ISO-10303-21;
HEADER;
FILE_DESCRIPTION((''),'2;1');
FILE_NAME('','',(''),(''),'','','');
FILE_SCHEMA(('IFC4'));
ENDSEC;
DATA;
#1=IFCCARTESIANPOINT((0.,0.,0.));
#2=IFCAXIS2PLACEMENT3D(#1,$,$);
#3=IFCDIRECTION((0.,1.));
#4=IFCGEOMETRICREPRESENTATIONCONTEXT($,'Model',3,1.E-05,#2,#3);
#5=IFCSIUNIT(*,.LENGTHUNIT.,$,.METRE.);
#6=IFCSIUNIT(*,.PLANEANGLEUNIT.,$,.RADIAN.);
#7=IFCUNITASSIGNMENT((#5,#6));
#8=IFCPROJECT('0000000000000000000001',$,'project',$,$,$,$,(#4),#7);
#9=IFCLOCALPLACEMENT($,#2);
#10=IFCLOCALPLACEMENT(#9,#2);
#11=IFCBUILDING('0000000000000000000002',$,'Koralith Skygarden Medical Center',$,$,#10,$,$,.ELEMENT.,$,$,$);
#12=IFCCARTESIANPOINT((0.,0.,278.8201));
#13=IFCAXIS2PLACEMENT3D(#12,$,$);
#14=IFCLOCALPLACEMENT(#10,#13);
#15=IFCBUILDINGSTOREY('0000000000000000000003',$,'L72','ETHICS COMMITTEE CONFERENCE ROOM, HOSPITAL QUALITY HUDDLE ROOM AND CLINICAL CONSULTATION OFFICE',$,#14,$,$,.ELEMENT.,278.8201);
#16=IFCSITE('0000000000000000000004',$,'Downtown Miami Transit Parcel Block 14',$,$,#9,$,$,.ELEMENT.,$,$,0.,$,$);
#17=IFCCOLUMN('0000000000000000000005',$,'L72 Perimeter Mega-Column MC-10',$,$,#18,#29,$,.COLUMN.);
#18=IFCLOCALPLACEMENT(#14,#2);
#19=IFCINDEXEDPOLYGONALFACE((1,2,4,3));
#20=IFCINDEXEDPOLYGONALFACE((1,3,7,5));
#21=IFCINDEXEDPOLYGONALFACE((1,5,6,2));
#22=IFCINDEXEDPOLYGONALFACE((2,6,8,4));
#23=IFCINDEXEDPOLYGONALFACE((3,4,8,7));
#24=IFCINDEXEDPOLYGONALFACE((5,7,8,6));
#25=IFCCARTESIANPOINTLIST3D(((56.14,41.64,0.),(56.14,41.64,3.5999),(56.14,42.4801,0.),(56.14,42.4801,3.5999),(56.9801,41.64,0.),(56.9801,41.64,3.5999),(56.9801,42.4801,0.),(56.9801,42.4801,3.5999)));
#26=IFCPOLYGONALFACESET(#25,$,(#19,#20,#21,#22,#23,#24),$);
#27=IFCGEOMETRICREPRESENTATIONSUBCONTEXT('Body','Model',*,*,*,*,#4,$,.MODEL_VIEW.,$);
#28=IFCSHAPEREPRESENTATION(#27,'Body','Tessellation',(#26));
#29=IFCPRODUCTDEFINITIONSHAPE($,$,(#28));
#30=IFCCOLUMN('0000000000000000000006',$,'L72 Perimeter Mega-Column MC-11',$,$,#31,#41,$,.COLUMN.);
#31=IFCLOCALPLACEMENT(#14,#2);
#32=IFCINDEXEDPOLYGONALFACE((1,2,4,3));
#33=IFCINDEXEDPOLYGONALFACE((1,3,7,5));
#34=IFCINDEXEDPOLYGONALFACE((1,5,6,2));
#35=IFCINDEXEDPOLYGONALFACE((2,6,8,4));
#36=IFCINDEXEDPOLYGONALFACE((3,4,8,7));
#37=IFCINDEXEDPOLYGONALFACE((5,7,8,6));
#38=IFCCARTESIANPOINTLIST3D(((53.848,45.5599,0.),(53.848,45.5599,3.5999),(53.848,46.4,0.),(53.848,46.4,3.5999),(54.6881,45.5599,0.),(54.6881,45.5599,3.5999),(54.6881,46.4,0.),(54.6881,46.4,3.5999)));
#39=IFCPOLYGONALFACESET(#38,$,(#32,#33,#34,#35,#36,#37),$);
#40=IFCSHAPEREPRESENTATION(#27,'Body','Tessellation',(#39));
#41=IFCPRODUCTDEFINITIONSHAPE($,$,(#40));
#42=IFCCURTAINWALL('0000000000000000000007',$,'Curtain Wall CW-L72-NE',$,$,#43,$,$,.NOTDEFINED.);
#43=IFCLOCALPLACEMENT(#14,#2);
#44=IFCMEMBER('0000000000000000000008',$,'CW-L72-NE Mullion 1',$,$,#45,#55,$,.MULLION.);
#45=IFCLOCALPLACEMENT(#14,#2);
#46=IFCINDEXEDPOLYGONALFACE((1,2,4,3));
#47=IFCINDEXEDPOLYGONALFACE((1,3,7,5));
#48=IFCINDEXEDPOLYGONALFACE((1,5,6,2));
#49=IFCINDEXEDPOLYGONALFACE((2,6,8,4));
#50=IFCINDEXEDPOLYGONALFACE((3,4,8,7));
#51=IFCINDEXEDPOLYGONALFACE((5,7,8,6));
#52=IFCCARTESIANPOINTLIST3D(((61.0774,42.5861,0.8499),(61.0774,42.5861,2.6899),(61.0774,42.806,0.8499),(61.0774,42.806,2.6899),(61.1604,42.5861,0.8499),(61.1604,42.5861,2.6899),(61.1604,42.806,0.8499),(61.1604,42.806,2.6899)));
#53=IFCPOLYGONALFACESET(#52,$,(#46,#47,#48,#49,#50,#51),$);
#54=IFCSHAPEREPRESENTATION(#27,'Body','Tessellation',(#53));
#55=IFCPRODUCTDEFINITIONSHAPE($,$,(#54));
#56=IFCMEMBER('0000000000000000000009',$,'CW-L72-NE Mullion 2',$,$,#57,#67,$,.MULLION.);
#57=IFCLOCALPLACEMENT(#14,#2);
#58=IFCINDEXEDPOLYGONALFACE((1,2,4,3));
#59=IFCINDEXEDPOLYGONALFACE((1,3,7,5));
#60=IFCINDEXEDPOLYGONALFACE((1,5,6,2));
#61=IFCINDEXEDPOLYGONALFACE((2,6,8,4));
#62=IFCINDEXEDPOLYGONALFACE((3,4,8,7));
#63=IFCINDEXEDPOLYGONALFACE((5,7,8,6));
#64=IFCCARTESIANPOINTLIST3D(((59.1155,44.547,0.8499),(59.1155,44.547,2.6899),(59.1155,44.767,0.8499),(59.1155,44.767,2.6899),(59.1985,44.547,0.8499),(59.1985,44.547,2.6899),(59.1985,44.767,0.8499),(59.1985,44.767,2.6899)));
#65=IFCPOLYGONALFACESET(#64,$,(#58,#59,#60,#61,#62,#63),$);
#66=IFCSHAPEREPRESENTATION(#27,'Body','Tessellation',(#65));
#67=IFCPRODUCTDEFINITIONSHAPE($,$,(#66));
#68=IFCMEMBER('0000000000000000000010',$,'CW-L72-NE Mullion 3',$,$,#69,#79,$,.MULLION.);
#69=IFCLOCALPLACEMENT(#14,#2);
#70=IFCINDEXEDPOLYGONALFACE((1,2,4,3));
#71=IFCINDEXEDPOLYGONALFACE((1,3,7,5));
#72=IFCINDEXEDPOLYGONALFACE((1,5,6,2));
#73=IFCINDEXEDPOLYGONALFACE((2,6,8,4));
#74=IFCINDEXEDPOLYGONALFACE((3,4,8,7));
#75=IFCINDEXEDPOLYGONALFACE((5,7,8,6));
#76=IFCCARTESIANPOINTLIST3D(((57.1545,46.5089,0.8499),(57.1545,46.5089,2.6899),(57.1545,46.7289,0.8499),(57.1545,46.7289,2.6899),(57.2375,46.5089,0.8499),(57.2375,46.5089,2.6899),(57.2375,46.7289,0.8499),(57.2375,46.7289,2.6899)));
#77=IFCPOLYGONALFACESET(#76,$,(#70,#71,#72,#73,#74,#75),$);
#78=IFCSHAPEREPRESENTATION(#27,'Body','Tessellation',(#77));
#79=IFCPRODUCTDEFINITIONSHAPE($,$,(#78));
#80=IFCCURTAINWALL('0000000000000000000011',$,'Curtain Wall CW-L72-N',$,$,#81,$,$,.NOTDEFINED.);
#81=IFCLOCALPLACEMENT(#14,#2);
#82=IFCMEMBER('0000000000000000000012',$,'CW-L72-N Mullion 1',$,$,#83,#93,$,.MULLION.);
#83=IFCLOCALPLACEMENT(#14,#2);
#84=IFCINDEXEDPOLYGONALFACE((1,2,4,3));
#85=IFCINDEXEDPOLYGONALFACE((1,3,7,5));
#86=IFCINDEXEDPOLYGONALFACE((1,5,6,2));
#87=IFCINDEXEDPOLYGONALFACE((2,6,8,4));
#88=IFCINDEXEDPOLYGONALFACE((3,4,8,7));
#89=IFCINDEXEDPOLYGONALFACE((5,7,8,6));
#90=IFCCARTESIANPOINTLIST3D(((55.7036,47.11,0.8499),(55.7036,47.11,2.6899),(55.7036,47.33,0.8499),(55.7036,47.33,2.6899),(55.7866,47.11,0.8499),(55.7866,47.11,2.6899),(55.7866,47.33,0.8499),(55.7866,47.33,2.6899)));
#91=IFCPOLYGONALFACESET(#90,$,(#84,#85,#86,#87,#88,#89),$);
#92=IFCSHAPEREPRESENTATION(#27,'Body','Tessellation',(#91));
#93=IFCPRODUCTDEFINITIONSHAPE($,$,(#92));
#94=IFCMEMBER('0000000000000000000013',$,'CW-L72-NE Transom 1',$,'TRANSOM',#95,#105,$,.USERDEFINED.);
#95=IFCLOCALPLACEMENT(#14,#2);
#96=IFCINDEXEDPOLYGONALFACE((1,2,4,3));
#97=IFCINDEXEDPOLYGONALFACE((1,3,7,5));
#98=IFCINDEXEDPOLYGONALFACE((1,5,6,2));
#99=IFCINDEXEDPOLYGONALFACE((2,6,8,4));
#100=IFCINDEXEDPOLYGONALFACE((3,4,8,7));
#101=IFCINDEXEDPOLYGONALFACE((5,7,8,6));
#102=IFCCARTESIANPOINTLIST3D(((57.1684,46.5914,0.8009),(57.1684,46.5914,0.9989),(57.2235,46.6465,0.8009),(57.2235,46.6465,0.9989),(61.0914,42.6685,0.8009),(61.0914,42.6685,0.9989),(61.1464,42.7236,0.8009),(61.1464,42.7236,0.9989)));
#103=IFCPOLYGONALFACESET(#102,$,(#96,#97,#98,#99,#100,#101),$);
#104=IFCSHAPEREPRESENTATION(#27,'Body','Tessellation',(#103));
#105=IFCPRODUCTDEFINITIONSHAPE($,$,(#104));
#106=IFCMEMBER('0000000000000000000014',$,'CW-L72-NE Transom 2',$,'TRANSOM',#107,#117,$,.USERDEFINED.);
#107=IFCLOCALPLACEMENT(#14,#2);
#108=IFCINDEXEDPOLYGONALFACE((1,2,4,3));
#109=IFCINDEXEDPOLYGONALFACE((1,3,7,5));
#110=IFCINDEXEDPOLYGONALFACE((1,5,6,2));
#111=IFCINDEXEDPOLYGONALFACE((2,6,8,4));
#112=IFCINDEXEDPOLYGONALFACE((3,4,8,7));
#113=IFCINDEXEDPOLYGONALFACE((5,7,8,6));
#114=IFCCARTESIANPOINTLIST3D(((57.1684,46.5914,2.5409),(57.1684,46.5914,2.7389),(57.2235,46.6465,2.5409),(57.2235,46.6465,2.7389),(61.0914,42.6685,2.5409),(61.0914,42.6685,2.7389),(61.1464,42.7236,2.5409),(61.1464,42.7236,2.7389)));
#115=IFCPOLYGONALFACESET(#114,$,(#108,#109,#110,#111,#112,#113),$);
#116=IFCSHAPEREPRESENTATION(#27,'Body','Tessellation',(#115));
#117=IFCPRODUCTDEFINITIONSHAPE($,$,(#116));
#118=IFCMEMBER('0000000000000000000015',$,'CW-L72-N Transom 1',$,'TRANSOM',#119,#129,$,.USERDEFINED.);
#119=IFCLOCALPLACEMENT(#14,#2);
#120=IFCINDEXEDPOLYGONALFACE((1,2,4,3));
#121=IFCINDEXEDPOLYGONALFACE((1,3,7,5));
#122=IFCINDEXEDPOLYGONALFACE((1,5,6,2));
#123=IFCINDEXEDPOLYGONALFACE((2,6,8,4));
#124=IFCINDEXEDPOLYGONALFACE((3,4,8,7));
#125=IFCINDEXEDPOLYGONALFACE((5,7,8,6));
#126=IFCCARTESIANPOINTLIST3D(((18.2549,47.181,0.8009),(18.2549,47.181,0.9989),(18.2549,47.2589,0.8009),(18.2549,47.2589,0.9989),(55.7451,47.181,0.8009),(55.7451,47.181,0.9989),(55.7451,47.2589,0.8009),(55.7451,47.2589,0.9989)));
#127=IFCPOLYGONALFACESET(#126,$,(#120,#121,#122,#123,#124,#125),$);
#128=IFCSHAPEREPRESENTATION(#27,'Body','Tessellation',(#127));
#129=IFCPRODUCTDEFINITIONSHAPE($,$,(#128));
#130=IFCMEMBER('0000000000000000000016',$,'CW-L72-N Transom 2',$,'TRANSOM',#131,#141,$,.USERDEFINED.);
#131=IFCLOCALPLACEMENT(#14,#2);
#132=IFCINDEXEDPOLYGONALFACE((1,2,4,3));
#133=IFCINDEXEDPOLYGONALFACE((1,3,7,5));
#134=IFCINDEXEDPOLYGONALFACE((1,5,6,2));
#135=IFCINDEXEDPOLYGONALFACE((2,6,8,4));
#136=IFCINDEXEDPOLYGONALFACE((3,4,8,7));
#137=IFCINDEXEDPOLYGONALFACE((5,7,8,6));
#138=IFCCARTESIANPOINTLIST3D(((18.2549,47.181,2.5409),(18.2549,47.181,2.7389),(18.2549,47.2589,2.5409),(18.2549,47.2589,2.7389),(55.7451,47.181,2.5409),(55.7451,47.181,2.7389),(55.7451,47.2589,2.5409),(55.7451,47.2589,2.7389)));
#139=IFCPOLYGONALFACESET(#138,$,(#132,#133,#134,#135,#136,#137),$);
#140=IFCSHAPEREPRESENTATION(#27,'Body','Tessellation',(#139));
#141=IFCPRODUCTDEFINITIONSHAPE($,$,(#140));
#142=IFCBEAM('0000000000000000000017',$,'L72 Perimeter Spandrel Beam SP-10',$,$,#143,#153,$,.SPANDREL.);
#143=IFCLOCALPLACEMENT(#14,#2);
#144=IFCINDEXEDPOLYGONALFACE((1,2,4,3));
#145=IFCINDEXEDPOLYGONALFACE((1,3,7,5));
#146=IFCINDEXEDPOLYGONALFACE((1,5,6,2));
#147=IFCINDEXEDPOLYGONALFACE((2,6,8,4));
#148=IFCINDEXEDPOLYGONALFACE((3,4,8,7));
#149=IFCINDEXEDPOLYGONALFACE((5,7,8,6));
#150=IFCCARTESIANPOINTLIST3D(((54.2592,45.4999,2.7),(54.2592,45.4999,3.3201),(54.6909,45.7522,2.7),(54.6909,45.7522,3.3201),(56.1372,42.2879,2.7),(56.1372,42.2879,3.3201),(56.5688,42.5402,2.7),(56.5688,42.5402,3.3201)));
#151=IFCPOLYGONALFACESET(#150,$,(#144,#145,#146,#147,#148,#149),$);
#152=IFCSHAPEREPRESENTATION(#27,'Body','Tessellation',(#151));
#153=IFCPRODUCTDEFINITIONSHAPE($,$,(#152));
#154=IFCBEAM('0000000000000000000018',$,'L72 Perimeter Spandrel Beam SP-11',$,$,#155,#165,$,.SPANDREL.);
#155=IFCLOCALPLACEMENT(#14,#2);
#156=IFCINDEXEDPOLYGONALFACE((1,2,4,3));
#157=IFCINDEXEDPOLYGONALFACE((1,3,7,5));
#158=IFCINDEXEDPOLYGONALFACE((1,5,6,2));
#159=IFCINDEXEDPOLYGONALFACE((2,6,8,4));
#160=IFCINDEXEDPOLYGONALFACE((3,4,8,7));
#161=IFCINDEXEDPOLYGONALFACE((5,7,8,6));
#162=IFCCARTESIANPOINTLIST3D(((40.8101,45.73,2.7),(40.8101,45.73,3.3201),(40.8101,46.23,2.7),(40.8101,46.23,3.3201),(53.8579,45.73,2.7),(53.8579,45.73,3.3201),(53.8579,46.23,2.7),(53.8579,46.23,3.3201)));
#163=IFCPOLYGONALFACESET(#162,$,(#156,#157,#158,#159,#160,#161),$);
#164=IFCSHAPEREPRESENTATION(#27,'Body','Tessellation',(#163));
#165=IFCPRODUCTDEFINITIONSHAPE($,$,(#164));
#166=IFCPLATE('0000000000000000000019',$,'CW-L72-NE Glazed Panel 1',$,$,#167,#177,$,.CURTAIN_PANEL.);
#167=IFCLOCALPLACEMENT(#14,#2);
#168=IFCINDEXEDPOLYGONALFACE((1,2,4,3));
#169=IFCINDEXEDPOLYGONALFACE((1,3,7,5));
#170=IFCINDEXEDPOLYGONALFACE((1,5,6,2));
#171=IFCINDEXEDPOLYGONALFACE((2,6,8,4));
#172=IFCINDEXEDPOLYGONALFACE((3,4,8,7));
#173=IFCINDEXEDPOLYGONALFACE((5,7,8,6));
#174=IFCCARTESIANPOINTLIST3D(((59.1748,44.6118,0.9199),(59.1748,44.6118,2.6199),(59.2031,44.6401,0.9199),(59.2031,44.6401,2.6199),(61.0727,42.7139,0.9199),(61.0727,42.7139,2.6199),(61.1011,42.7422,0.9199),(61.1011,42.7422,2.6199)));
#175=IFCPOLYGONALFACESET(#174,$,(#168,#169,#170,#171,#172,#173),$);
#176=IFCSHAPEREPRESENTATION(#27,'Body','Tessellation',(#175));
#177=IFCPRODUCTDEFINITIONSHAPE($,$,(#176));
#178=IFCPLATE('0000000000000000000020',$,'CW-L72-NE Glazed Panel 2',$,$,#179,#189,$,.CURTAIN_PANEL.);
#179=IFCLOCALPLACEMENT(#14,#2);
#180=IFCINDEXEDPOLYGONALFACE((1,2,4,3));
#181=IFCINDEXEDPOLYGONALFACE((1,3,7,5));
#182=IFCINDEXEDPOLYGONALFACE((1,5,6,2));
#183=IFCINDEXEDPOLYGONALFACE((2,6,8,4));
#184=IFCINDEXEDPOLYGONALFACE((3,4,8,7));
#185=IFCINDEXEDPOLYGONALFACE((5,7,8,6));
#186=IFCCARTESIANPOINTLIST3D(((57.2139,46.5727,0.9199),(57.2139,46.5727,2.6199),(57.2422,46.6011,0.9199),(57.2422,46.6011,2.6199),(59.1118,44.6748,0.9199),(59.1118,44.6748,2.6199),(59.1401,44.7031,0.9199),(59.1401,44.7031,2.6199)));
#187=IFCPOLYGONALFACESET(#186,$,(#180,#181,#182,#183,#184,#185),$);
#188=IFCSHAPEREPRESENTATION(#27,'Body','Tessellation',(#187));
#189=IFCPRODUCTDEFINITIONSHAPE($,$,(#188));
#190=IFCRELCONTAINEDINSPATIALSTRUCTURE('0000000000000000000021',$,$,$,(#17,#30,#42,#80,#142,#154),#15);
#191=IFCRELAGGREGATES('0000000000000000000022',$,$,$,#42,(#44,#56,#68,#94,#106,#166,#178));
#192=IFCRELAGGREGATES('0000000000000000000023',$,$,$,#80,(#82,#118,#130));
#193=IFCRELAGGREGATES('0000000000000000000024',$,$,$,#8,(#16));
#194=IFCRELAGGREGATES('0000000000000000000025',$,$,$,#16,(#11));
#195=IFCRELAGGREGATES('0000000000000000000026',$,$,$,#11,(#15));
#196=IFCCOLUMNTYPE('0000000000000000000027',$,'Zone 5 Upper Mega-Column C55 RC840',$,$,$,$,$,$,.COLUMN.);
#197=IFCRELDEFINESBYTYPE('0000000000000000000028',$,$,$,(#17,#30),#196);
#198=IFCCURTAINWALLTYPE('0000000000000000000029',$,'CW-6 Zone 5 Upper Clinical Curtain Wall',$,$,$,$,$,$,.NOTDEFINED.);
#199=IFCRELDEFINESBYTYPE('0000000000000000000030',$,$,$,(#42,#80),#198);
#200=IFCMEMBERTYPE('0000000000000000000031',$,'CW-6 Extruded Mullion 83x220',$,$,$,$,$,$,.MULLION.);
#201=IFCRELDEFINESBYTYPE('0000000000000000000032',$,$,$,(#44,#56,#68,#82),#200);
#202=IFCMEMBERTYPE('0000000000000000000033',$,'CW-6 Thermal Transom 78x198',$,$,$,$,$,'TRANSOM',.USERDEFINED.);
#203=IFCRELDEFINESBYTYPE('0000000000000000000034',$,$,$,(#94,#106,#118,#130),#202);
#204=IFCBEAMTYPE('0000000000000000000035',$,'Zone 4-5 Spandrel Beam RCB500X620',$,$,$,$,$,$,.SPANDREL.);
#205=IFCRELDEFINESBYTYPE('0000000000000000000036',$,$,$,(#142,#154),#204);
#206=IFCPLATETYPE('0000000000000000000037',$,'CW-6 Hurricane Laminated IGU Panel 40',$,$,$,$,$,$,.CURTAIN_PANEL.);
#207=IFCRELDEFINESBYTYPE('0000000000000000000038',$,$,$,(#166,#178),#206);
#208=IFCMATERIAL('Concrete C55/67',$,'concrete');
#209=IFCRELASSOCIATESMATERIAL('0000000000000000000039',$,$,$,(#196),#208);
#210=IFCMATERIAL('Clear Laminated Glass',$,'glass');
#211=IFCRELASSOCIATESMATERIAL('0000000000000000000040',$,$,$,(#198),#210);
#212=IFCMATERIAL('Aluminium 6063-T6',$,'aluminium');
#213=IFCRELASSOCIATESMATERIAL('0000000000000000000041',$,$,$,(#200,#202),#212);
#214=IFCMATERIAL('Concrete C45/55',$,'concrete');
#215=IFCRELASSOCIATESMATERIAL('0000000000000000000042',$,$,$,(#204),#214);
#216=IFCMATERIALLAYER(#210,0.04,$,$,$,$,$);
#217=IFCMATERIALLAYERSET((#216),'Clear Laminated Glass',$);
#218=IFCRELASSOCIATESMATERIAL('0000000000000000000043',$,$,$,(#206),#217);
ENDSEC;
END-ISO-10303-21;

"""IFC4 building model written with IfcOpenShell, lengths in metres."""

from ifc_helpers import new_model, si_unit, direction, frame, origin, origin_2d, place, context, subcontext, project, spatial, rectangle, extrude, material, layer, layer_set, material_profile, profile_set, type_object, element, aggregate, save


model = new_model("IFC4")

# Units and contexts
model_context = context("Model", 3, precision=1e-05, world=origin(), true_north=direction((0.0, 1.0)))
body_context = subcontext(model_context, "Body", "Model", "MODEL_VIEW")
ifc_project = project(units=[si_unit("LENGTHUNIT", "METRE"), si_unit("PLANEANGLEUNIT", "RADIAN")], contexts=[model_context])

# Site, building, storey
site_placement = place(None, origin())
site = spatial("IfcSite", under=ifc_project, at=site_placement, Name="Downtown Miami Transit Parcel Block 14", CompositionType="ELEMENT", RefElevation=0.0)
building_placement = place(site_placement, origin())
building = spatial("IfcBuilding", under=site, at=building_placement, Name="Koralith Skygarden Medical Center", CompositionType="ELEMENT")
storey_placement = place(building_placement, frame((0.0, 0.0, 278.8201)))
storey = spatial("IfcBuildingStorey", under=building, at=storey_placement, Name="L72", Description="ETHICS COMMITTEE CONFERENCE ROOM, HOSPITAL QUALITY HUDDLE ROOM AND CLINICAL CONSULTATION OFFICE", CompositionType="ELEMENT", Elevation=278.8201)

# Columns
ifc_material_1 = material(Name="Concrete C55/67", Category="concrete")
ifc_material_profile_1 = material_profile(ifc_material_1, rectangle(XDim=0.8401, YDim=0.8401, at=origin_2d()), Name="RC840X840")
ifc_profile_set_1 = profile_set([ifc_material_profile_1], Name="Concrete C55/67")
column_type = type_object("IfcColumnType", Name="Zone 5 Upper Mega-Column C55 RC840", PredefinedType="COLUMN", material=ifc_profile_set_1)
for number, where, z_axis, x_axis, name in (
    (1, (56.5601, 42.0601, 0.0), (0.0, 0.0, 1.0), (1.0, 0.0, 0.0), "L72 Perimeter Mega-Column MC-10"),
    (2, (54.2681, 45.98, 0.0), (0.0, 0.0, 1.0), (1.0, 0.0, 0.0), "L72 Perimeter Mega-Column MC-11"),
):
    element("IfcColumn", number, at=place(storey_placement, frame(where, z_axis=z_axis, x_axis=x_axis)), inside=storey, type_object=column_type, Name=name, PredefinedType="COLUMN", context=body_context, shape_type="SweptSolid", body=[
        extrude(rectangle(XDim=0.8401, YDim=0.8401, at=origin_2d()), origin(), (0.0, 0.0, 1.0), 3.5999),
    ])

# Curtain wall, members
ifc_material_2 = material(Name="Clear Laminated Glass", Category="glass")
curtain_wall_type = type_object("IfcCurtainWallType", Name="CW-6 Zone 5 Upper Clinical Curtain Wall", PredefinedType="NOTDEFINED", material=ifc_material_2)
curtain_wall_1_placement = place(storey_placement, origin())
curtain_wall_1 = element("IfcCurtainWall", 3, at=curtain_wall_1_placement, inside=storey, type_object=curtain_wall_type, Name="Curtain Wall CW-L72-NE", PredefinedType="NOTDEFINED")
ifc_material_3 = material(Name="Aluminium 6063-T6", Category="aluminium")
ifc_material_profile_2 = material_profile(ifc_material_3, rectangle(XDim=0.083, YDim=0.22, at=origin_2d()), Name="MUL83X220")
ifc_profile_set_2 = profile_set([ifc_material_profile_2], Name="Aluminium 6063-T6")
member_type_1 = type_object("IfcMemberType", Name="CW-6 Extruded Mullion 83x220", PredefinedType="MULLION", material=ifc_profile_set_2)
member_1_placement = place(storey_placement, frame((61.1189, 42.696, 0.8499), z_axis=(0.0, 0.0, 1.0), x_axis=(1.0, 0.0, 0.0)))
member_1 = element("IfcMember", 4, at=member_1_placement, type_object=member_type_1, Name="CW-L72-NE Mullion 1", PredefinedType="MULLION", context=body_context, shape_type="SweptSolid", body=[
    extrude(rectangle(XDim=0.083, YDim=0.22, at=origin_2d()), origin(), (0.0, 0.0, 1.0), 1.8401),
])
member_2_placement = place(storey_placement, frame((59.157, 44.657, 0.8499), z_axis=(0.0, 0.0, 1.0), x_axis=(1.0, 0.0, 0.0)))
member_2 = element("IfcMember", 5, at=member_2_placement, type_object=member_type_1, Name="CW-L72-NE Mullion 2", PredefinedType="MULLION", context=body_context, shape_type="SweptSolid", body=[
    extrude(rectangle(XDim=0.083, YDim=0.22, at=origin_2d()), origin(), (0.0, 0.0, 1.0), 1.8401),
])
member_3_placement = place(storey_placement, frame((57.196, 46.6189, 0.8499), z_axis=(0.0, 0.0, 1.0), x_axis=(1.0, 0.0, 0.0)))
member_3 = element("IfcMember", 6, at=member_3_placement, type_object=member_type_1, Name="CW-L72-NE Mullion 3", PredefinedType="MULLION", context=body_context, shape_type="SweptSolid", body=[
    extrude(rectangle(XDim=0.083, YDim=0.22, at=origin_2d()), origin(), (0.0, 0.0, 1.0), 1.8401),
])

# Curtain wall, member
curtain_wall_2_placement = place(storey_placement, origin())
curtain_wall_2 = element("IfcCurtainWall", 7, at=curtain_wall_2_placement, inside=storey, type_object=curtain_wall_type, Name="Curtain Wall CW-L72-N", PredefinedType="NOTDEFINED")
member_4_placement = place(storey_placement, frame((55.7451, 47.22, 0.8499), z_axis=(0.0, 0.0, 1.0), x_axis=(1.0, 0.0, 0.0)))
member_4 = element("IfcMember", 8, at=member_4_placement, type_object=member_type_1, Name="CW-L72-N Mullion 1", PredefinedType="MULLION", context=body_context, shape_type="SweptSolid", body=[
    extrude(rectangle(XDim=0.083, YDim=0.22, at=origin_2d()), origin(), (0.0, 0.0, 1.0), 1.8401),
])

# Members
ifc_material_profile_3 = material_profile(ifc_material_3, rectangle(XDim=0.0779, YDim=0.198, at=origin_2d()), Name="TRN78X198")
ifc_profile_set_3 = profile_set([ifc_material_profile_3], Name="Aluminium 6063-T6")
member_type_2 = type_object("IfcMemberType", Name="CW-6 Thermal Transom 78x198", ElementType="TRANSOM", PredefinedType="USERDEFINED", material=ifc_profile_set_3)
member_5_placement = place(storey_placement, frame((61.1189, 42.696, 0.8999), z_axis=(-0.707107, 0.707107, 0.0), x_axis=(-0.707107, -0.707107, 0.0)))
member_5 = element("IfcMember", 9, at=member_5_placement, type_object=member_type_2, Name="CW-L72-NE Transom 1", ObjectType="TRANSOM", PredefinedType="USERDEFINED", context=body_context, shape_type="SweptSolid", body=[
    extrude(rectangle(XDim=0.0779, YDim=0.198, at=origin_2d()), origin(), (0.0, 0.0, 1.0), 5.5479),
])
member_6_placement = place(storey_placement, frame((61.1189, 42.696, 2.6399), z_axis=(-0.707107, 0.707107, 0.0), x_axis=(-0.707107, -0.707107, 0.0)))
member_6 = element("IfcMember", 10, at=member_6_placement, type_object=member_type_2, Name="CW-L72-NE Transom 2", ObjectType="TRANSOM", PredefinedType="USERDEFINED", context=body_context, shape_type="SweptSolid", body=[
    extrude(rectangle(XDim=0.0779, YDim=0.198, at=origin_2d()), origin(), (0.0, 0.0, 1.0), 5.5479),
])
member_7_placement = place(storey_placement, frame((55.7451, 47.22, 0.8999), z_axis=(-1.0, 0.0, 0.0), x_axis=(0.0, -1.0, 0.0)))
member_7 = element("IfcMember", 11, at=member_7_placement, type_object=member_type_2, Name="CW-L72-N Transom 1", ObjectType="TRANSOM", PredefinedType="USERDEFINED", context=body_context, shape_type="SweptSolid", body=[
    extrude(rectangle(XDim=0.0779, YDim=0.198, at=origin_2d()), origin(), (0.0, 0.0, 1.0), 37.4902),
])
member_8_placement = place(storey_placement, frame((55.7451, 47.22, 2.6399), z_axis=(-1.0, 0.0, 0.0), x_axis=(0.0, -1.0, 0.0)))
member_8 = element("IfcMember", 12, at=member_8_placement, type_object=member_type_2, Name="CW-L72-N Transom 2", ObjectType="TRANSOM", PredefinedType="USERDEFINED", context=body_context, shape_type="SweptSolid", body=[
    extrude(rectangle(XDim=0.0779, YDim=0.198, at=origin_2d()), origin(), (0.0, 0.0, 1.0), 37.4902),
])

# Beams
ifc_material_4 = material(Name="Concrete C45/55", Category="concrete")
ifc_material_profile_4 = material_profile(ifc_material_4, rectangle(XDim=0.5, YDim=0.6201, at=origin_2d()), Name="RCB500X620")
ifc_profile_set_4 = profile_set([ifc_material_profile_4], Name="Concrete C45/55")
beam_type = type_object("IfcBeamType", Name="Zone 4-5 Spandrel Beam RCB500X620", PredefinedType="SPANDREL", material=ifc_profile_set_4)
beam_1_placement = place(storey_placement, frame((56.353, 42.4141, 3.01), z_axis=(-0.504736, 0.863274, 0.0), x_axis=(-0.863274, -0.504736, 0.0)))
element("IfcBeam", 13, at=beam_1_placement, inside=storey, type_object=beam_type, Name="L72 Perimeter Spandrel Beam SP-10", PredefinedType="SPANDREL", context=body_context, shape_type="SweptSolid", body=[
    extrude(rectangle(XDim=0.5, YDim=0.6201, at=origin_2d()), origin(), (0.0, 0.0, 1.0), 3.7207),
])
beam_2_placement = place(storey_placement, frame((53.8579, 45.98, 3.01), z_axis=(-1.0, 0.0, 0.0), x_axis=(0.0, -1.0, 0.0)))
element("IfcBeam", 14, at=beam_2_placement, inside=storey, type_object=beam_type, Name="L72 Perimeter Spandrel Beam SP-11", PredefinedType="SPANDREL", context=body_context, shape_type="SweptSolid", body=[
    extrude(rectangle(XDim=0.5, YDim=0.6201, at=origin_2d()), origin(), (0.0, 0.0, 1.0), 13.0479),
])

# Plates
ifc_layer_1 = layer(ifc_material_2, 0.04)
ifc_layer_set_1 = layer_set([ifc_layer_1], Name="Clear Laminated Glass")
plate_type_1 = type_object("IfcPlateType", Name="CW-6 Hurricane Laminated IGU Panel 40", PredefinedType="CURTAIN_PANEL", material=ifc_layer_set_1)
plate_1_placement = place(storey_placement, frame((60.1379, 43.677, 0.9199), z_axis=(0.0, 0.0, 1.0), x_axis=(-0.707107, 0.707107, 0.0)))
plate_1 = element("IfcPlate", 15, at=plate_1_placement, type_object=plate_type_1, Name="CW-L72-NE Glazed Panel 1", PredefinedType="CURTAIN_PANEL", context=body_context, shape_type="SweptSolid", body=[
    extrude(rectangle(XDim=2.6841, YDim=0.04, at=origin_2d()), origin(), (0.0, 0.0, 1.0), 1.7),
])
plate_2_placement = place(storey_placement, frame((58.177, 45.6379, 0.9199), z_axis=(0.0, 0.0, 1.0), x_axis=(-0.707107, 0.707107, 0.0)))
plate_2 = element("IfcPlate", 16, at=plate_2_placement, type_object=plate_type_1, Name="CW-L72-NE Glazed Panel 2", PredefinedType="CURTAIN_PANEL", context=body_context, shape_type="SweptSolid", body=[
    extrude(rectangle(XDim=2.6841, YDim=0.04, at=origin_2d()), origin(), (0.0, 0.0, 1.0), 1.7),
])
aggregate(curtain_wall_1, [member_1, member_2, member_3, member_5, member_6, plate_1, plate_2])
aggregate(curtain_wall_2, [member_4, member_7, member_8])

save(model, "model.ifc")
